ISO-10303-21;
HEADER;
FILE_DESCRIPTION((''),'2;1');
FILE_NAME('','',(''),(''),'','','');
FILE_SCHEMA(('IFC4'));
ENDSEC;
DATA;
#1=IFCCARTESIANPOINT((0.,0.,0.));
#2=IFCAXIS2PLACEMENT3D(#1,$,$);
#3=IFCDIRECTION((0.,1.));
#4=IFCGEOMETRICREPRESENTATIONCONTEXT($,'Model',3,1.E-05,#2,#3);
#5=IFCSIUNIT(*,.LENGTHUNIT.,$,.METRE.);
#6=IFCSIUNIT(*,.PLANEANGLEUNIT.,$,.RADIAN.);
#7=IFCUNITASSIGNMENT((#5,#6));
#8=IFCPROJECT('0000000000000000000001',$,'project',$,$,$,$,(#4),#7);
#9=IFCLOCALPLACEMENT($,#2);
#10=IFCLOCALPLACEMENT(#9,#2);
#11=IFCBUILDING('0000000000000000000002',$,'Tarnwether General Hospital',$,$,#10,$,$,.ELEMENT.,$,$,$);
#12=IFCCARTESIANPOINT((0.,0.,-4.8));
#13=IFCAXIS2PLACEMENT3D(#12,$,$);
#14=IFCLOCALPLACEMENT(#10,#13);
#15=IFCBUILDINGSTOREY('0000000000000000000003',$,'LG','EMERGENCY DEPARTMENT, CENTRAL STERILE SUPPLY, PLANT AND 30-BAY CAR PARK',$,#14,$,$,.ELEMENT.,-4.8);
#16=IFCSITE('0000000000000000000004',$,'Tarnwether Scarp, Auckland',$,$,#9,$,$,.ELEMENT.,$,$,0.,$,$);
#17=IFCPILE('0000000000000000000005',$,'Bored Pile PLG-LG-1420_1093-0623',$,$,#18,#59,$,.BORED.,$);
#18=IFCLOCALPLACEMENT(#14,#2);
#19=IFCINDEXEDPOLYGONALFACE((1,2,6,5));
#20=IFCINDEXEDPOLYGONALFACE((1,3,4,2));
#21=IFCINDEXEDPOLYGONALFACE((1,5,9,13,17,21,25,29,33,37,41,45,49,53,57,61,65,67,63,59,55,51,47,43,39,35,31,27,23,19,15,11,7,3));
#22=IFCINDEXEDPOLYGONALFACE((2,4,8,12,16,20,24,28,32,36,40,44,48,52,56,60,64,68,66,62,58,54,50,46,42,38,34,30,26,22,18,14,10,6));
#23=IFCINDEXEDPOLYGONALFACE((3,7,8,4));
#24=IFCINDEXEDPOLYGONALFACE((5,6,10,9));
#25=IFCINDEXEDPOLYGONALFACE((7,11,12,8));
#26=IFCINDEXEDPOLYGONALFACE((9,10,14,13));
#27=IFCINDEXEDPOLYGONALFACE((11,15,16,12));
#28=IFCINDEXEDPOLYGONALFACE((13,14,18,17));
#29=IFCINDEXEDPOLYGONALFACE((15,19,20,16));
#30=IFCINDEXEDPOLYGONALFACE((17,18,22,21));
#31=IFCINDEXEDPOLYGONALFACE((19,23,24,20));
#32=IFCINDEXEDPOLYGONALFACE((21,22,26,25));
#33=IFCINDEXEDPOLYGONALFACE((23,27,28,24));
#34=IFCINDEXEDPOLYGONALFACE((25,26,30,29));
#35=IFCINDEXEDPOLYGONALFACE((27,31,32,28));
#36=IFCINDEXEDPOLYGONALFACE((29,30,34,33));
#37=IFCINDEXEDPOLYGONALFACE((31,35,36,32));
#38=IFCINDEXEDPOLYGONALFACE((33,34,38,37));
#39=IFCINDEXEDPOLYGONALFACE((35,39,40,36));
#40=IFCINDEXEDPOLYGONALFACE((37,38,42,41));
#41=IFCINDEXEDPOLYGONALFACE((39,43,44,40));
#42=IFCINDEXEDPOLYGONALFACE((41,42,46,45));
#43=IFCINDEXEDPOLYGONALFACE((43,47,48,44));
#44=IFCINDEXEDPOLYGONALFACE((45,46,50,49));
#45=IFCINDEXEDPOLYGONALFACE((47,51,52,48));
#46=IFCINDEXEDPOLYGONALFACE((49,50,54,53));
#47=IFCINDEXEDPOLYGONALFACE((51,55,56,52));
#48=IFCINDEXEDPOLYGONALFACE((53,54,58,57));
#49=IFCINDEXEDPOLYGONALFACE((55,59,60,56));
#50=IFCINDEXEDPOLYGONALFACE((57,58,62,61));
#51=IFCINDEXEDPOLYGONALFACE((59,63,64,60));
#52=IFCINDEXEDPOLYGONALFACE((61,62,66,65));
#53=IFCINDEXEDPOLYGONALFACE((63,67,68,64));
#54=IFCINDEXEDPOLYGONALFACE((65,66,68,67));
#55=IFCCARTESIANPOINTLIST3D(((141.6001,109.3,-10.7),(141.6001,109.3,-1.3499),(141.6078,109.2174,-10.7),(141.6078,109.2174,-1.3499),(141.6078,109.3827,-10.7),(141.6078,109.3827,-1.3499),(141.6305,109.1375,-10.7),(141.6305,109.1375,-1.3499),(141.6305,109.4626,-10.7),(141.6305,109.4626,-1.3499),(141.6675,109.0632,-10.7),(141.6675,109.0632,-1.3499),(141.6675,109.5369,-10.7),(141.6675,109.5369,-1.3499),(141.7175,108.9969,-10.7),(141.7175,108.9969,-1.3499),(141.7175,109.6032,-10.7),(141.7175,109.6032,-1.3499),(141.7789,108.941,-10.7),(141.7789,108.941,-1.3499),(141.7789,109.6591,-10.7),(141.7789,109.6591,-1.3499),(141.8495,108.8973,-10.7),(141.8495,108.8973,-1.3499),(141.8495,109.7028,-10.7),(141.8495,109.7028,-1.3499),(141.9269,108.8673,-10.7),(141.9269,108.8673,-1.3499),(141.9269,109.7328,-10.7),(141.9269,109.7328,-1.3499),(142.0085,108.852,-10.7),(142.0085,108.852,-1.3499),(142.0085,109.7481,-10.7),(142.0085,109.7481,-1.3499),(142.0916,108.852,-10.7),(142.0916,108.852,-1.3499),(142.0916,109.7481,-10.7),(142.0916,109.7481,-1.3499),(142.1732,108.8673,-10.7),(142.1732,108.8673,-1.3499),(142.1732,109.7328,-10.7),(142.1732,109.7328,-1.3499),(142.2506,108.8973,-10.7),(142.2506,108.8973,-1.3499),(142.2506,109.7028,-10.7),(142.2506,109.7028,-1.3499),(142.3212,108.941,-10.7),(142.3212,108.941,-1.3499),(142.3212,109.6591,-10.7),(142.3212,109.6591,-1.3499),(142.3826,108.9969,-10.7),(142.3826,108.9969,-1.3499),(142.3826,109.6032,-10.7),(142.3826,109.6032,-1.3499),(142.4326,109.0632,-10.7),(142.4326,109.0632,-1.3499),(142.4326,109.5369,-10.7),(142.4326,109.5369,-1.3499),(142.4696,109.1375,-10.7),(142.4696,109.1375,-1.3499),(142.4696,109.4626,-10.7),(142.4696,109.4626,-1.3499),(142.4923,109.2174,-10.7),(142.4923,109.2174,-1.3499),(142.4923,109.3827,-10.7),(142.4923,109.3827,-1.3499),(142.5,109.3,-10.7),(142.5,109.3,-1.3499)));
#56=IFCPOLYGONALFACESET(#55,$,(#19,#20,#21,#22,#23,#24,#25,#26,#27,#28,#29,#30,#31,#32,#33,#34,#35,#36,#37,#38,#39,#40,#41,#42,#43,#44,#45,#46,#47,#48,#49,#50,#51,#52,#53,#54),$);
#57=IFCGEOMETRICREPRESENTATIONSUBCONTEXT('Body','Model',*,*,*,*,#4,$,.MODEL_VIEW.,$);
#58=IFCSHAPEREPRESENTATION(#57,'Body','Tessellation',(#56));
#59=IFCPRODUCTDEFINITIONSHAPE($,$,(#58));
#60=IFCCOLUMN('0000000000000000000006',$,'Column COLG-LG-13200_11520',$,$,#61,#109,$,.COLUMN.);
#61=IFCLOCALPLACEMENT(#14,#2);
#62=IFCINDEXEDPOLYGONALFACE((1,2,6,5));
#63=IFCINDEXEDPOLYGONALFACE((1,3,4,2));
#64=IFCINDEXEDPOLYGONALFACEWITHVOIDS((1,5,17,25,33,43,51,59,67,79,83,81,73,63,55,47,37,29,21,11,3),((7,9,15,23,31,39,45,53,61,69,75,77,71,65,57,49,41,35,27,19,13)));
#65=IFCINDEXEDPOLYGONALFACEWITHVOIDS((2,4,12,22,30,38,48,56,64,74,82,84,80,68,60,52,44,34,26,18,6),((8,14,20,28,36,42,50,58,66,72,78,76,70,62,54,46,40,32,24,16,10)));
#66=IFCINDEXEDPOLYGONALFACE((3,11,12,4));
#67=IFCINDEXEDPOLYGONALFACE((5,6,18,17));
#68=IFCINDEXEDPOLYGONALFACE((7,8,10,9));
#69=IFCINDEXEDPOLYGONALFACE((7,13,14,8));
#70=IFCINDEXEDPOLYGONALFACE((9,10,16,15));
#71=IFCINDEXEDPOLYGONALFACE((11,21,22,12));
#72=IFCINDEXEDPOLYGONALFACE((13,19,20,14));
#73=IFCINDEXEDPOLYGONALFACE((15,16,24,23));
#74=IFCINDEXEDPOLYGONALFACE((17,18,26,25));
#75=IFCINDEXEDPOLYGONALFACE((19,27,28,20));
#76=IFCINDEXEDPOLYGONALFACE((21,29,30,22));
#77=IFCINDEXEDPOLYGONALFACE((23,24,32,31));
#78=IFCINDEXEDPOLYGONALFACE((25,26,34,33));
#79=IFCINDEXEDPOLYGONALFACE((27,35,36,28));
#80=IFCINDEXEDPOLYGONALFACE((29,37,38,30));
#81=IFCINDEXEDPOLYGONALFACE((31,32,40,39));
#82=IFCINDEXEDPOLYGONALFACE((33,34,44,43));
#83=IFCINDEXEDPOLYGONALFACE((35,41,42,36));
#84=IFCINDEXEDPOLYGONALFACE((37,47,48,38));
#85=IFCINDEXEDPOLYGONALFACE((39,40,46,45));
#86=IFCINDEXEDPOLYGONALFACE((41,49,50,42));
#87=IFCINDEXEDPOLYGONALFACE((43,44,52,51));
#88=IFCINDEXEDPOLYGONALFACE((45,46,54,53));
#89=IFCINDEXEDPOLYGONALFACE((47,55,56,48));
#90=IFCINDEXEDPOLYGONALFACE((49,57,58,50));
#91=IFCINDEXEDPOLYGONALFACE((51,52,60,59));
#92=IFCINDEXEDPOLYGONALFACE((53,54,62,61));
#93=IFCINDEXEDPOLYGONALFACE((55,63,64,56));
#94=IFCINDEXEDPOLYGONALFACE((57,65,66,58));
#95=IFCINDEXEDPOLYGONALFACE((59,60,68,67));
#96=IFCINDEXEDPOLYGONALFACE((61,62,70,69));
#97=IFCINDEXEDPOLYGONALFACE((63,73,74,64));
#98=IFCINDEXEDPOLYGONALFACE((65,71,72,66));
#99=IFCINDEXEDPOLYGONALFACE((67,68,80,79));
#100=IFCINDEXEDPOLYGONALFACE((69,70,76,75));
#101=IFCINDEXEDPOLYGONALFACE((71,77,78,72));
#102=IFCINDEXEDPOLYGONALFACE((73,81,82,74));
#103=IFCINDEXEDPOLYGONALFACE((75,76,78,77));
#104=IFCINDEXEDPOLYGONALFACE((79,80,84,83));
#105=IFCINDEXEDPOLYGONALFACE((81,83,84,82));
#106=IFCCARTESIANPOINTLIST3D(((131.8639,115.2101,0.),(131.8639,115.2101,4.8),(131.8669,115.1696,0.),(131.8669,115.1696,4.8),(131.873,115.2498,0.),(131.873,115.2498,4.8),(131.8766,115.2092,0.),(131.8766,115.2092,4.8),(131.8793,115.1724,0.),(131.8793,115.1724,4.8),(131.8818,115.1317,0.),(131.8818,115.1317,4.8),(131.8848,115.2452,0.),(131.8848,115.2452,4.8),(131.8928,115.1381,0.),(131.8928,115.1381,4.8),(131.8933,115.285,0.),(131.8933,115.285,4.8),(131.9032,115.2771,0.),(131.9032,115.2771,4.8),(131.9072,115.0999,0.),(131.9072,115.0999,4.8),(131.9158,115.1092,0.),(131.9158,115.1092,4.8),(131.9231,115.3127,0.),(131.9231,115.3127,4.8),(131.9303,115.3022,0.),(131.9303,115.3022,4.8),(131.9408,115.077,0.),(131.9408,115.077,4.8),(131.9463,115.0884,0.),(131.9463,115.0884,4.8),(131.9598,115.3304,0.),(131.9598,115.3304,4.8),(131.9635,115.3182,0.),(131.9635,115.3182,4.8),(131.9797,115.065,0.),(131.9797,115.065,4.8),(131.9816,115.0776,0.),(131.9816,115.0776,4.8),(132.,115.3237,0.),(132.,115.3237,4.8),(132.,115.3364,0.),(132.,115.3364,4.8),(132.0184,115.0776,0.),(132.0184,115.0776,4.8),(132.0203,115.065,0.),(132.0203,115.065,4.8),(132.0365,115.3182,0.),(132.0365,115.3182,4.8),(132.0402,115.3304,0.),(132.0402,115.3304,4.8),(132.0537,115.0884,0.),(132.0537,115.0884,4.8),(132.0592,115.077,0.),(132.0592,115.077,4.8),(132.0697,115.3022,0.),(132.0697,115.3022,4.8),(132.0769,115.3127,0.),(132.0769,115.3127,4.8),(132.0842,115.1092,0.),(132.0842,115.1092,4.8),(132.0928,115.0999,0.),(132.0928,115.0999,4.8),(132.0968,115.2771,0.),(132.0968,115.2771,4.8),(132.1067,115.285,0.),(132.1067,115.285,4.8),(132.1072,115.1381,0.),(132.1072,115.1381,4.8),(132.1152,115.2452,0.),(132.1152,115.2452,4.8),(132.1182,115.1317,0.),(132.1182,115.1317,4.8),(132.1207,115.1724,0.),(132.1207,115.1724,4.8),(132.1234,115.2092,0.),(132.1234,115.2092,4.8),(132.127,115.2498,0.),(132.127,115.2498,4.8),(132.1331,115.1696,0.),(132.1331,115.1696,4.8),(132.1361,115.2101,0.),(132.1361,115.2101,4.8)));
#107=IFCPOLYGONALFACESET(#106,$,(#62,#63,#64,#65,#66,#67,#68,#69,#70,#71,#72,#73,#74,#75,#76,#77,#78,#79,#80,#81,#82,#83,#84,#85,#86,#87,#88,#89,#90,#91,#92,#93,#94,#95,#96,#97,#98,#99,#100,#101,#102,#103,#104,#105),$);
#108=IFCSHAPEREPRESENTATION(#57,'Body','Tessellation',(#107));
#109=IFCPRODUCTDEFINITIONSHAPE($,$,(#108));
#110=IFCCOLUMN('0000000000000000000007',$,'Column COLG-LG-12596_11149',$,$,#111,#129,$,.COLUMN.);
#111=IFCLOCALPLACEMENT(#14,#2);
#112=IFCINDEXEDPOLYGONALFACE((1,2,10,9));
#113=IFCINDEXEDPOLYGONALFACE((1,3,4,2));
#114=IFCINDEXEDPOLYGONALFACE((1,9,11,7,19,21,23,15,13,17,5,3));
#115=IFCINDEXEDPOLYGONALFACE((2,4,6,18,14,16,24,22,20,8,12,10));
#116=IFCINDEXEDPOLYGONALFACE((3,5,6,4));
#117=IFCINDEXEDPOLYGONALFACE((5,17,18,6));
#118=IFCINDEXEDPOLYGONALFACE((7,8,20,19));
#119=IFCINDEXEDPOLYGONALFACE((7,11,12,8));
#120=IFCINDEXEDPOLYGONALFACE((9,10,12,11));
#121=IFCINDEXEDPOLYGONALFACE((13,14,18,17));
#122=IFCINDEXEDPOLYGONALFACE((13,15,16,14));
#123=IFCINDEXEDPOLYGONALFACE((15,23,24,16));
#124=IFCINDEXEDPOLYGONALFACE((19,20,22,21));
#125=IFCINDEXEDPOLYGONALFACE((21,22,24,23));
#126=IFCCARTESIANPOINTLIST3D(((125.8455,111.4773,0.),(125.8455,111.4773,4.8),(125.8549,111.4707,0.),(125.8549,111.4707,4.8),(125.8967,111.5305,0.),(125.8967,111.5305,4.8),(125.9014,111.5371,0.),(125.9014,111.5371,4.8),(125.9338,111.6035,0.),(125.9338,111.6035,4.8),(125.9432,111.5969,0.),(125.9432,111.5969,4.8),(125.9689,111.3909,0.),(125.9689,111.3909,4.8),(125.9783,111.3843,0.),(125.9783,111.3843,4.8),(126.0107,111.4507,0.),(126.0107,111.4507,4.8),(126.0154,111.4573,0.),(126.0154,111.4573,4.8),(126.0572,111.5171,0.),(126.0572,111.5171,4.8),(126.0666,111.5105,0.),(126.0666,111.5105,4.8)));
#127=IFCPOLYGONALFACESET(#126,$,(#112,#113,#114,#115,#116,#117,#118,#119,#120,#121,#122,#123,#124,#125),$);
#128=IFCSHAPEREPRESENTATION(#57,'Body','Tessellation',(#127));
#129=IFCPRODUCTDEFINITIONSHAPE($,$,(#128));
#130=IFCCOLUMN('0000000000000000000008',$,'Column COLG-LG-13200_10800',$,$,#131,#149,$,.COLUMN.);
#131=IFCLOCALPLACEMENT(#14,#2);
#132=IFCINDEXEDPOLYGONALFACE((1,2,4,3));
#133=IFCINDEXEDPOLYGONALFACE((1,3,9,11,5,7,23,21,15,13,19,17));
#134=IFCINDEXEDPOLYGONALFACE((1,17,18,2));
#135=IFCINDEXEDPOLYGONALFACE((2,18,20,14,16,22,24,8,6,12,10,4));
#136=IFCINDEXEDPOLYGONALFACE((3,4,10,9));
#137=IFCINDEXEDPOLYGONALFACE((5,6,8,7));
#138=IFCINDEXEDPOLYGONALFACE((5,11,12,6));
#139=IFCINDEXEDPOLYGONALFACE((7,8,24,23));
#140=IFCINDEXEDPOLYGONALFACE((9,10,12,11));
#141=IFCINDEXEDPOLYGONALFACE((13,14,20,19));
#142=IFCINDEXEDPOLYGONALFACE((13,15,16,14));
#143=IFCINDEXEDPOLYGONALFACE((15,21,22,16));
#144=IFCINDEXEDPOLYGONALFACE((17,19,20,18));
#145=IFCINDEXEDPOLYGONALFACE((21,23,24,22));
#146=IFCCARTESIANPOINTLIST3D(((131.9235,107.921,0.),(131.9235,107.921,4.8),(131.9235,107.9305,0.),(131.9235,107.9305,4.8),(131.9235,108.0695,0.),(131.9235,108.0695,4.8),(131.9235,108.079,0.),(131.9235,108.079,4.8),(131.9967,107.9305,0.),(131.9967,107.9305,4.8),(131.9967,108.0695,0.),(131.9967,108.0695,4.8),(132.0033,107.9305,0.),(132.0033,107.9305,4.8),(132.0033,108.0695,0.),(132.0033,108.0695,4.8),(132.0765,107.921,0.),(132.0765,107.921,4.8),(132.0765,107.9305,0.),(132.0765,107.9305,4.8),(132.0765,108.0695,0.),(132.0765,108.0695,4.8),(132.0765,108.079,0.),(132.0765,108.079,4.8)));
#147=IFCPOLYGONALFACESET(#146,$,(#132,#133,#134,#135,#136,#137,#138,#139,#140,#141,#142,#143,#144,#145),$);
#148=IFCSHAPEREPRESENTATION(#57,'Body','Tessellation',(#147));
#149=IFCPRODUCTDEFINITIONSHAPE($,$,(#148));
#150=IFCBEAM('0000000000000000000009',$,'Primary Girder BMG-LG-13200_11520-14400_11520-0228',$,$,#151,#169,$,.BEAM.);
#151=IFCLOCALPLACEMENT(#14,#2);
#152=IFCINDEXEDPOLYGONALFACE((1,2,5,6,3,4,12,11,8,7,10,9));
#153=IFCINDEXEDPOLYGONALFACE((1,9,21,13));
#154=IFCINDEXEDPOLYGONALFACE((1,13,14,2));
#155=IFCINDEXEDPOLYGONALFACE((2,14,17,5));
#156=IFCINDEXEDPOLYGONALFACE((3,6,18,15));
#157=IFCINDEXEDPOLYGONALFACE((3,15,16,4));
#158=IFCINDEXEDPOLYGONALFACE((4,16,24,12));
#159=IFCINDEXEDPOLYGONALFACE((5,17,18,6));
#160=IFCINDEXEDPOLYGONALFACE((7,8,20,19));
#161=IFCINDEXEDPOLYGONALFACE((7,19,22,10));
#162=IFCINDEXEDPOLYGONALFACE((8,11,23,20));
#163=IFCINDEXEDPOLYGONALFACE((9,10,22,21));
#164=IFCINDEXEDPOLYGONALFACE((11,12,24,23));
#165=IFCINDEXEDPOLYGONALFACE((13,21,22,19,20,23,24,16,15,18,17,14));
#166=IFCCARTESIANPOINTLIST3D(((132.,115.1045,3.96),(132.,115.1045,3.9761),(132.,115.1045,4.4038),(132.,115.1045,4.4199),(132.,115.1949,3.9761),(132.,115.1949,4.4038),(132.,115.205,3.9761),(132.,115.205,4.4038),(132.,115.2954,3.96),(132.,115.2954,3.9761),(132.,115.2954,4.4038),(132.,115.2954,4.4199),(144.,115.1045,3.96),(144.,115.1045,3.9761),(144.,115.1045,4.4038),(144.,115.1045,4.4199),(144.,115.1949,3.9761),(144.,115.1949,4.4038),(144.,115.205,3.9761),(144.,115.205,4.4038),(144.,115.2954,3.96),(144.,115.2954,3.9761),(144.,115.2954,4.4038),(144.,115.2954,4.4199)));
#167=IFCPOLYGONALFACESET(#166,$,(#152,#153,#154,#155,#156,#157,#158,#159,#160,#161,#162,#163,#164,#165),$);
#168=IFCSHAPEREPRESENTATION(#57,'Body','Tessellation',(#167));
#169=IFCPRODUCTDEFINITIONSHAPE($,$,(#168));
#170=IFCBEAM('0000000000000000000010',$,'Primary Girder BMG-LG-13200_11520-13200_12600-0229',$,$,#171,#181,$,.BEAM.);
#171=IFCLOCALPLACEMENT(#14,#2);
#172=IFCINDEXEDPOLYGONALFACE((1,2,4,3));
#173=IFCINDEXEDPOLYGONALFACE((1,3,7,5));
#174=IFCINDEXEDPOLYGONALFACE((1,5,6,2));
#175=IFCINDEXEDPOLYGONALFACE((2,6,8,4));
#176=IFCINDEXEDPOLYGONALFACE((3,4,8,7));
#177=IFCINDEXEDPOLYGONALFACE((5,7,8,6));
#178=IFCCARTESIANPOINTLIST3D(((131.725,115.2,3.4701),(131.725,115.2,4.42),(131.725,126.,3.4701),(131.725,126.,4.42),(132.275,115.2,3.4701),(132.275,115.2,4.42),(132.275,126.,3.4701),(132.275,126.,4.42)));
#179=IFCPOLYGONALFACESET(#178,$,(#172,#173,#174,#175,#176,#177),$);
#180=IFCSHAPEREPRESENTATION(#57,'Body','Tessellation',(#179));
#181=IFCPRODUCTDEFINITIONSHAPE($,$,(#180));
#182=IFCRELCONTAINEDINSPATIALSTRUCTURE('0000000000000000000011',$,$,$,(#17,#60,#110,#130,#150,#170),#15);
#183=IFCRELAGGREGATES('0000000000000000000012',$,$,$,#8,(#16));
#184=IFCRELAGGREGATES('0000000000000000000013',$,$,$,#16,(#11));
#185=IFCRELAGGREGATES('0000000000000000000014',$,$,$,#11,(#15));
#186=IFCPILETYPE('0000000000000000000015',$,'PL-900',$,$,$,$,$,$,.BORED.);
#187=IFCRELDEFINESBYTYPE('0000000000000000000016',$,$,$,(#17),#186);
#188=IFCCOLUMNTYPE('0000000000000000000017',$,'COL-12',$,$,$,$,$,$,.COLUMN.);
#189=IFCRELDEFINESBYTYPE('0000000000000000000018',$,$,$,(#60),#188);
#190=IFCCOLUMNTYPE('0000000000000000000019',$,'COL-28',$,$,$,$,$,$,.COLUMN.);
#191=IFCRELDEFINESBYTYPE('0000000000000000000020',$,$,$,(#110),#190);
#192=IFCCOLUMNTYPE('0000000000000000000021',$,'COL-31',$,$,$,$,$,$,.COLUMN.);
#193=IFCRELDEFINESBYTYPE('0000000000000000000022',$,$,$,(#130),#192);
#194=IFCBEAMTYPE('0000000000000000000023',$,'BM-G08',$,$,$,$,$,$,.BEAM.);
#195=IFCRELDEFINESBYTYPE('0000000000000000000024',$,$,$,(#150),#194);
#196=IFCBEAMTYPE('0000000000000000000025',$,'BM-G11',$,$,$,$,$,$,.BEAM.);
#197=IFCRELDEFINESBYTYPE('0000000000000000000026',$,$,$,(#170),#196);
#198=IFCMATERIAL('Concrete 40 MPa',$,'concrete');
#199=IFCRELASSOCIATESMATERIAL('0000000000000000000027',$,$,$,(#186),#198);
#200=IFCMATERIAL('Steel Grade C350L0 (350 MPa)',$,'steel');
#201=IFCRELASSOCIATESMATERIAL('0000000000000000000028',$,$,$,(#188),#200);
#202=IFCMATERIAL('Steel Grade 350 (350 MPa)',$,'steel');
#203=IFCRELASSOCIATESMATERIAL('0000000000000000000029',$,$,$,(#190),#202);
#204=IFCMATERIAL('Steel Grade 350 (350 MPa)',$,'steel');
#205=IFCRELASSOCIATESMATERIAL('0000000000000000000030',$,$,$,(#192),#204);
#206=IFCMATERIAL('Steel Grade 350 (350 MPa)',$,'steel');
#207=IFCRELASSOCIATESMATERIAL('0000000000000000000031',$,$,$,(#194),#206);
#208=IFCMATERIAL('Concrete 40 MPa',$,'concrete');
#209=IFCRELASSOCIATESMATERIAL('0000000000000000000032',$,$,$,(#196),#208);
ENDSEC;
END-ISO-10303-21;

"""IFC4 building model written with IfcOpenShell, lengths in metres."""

from ifc_helpers import new_model, si_unit, direction, frame, origin, origin_2d, place, context, subcontext, project, spatial, rectangle, circle, hollow_circle, i_section, extrude, material, material_profile, profile_set, type_object, element, save


model = new_model("IFC4")

# Units and contexts
model_context = context("Model", 3, precision=1e-05, world=origin(), true_north=direction((0.0, 1.0)))
body_context = subcontext(model_context, "Body", "Model", "MODEL_VIEW")
ifc_project = project(units=[si_unit("LENGTHUNIT", "METRE"), si_unit("PLANEANGLEUNIT", "RADIAN")], contexts=[model_context])

# Site, building, storey
site_placement = place(None, origin())
site = spatial("IfcSite", under=ifc_project, at=site_placement, Name="Tarnwether Scarp, Auckland", CompositionType="ELEMENT", RefElevation=0.0)
building_placement = place(site_placement, origin())
building = spatial("IfcBuilding", under=site, at=building_placement, Name="Tarnwether General Hospital", CompositionType="ELEMENT")
storey_placement = place(building_placement, frame((0.0, 0.0, -4.8)))
storey = spatial("IfcBuildingStorey", under=building, at=storey_placement, Name="LG", Description="EMERGENCY DEPARTMENT, CENTRAL STERILE SUPPLY, PLANT AND 30-BAY CAR PARK", CompositionType="ELEMENT", Elevation=-4.8)

# Pile
ifc_material_1 = material(Name="Concrete 40 MPa", Category="concrete")
ifc_material_profile_1 = material_profile(ifc_material_1, circle(Radius=0.45, at=origin_2d()), Name="PILE-D900")
ifc_profile_set_1 = profile_set([ifc_material_profile_1], Name="Concrete 40 MPa")
pile_type_1 = type_object("IfcPileType", Name="PL-900", PredefinedType="BORED", material=ifc_profile_set_1)
for number, where, z_axis, x_axis, name in (
    (1, (142.05, 109.3, -1.3499), (0.0, 0.0, -1.0), (1.0, 0.0, 0.0), "Bored Pile PLG-LG-1420_1093-0623"),
):
    element("IfcPile", number, at=place(storey_placement, frame(where, z_axis=z_axis, x_axis=x_axis)), inside=storey, type_object=pile_type_1, Name=name, PredefinedType="BORED", context=body_context, shape_type="SweptSolid", body=[
        extrude(circle(Radius=0.45, at=origin_2d()), origin(), (0.0, 0.0, 1.0), 9.3501),
    ])

# Columns
ifc_material_2 = material(Name="Steel Grade C350L0 (350 MPa)", Category="steel")
ifc_material_profile_2 = material_profile(ifc_material_2, hollow_circle(Radius=0.1365, WallThickness=0.0127, at=origin_2d()), Name="CHS273.1x12.7")
ifc_profile_set_2 = profile_set([ifc_material_profile_2], Name="Steel Grade C350L0 (350 MPa)")
column_type_1 = type_object("IfcColumnType", Name="COL-12", PredefinedType="COLUMN", material=ifc_profile_set_2)
column_1_placement = place(storey_placement, frame((132.0, 115.2, 0.0), z_axis=(0.0, 0.0, 1.0), x_axis=(0.0, 1.0, 0.0)))
element("IfcColumn", 2, at=column_1_placement, inside=storey, type_object=column_type_1, Name="Column COLG-LG-13200_11520", PredefinedType="COLUMN", context=body_context, shape_type="SweptSolid", body=[
    extrude(hollow_circle(Radius=0.1365, WallThickness=0.0127, at=origin_2d()), origin(), (0.0, 0.0, 1.0), 4.8),
])
ifc_material_3 = material(Name="Steel Grade 350 (350 MPa)", Category="steel")
ifc_material_profile_3 = material_profile(ifc_material_3, i_section(OverallWidth=0.1541, OverallDepth=0.1621, WebThickness=0.0081, FlangeThickness=0.0115, at=origin_2d()), Name="150UC37.2")
ifc_profile_set_3 = profile_set([ifc_material_profile_3], Name="Steel Grade 350 (350 MPa)")
column_type_2 = type_object("IfcColumnType", Name="COL-28", PredefinedType="COLUMN", material=ifc_profile_set_3)
column_2_placement = place(storey_placement, frame((125.9561, 111.4939, 0.0), z_axis=(0.0, 0.0, 1.0), x_axis=(0.573576, 0.819152, 0.0)))
element("IfcColumn", 3, at=column_2_placement, inside=storey, type_object=column_type_2, Name="Column COLG-LG-12596_11149", PredefinedType="COLUMN", context=body_context, shape_type="SweptSolid", body=[
    extrude(i_section(OverallWidth=0.1541, OverallDepth=0.1621, WebThickness=0.0081, FlangeThickness=0.0115, at=origin_2d()), origin(), (0.0, 0.0, 1.0), 4.8),
])
ifc_material_4 = material(Name="Steel Grade 350 (350 MPa)", Category="steel")
ifc_material_profile_4 = material_profile(ifc_material_4, i_section(OverallWidth=0.1531, OverallDepth=0.158, WebThickness=0.0066, FlangeThickness=0.0095, at=origin_2d()), Name="150UC30.0")
ifc_profile_set_4 = profile_set([ifc_material_profile_4], Name="Steel Grade 350 (350 MPa)")
column_type_3 = type_object("IfcColumnType", Name="COL-31", PredefinedType="COLUMN", material=ifc_profile_set_4)
column_3_placement = place(storey_placement, frame((132.0, 108.0, 0.0), z_axis=(0.0, 0.0, 1.0), x_axis=(1.0, 0.0, 0.0)))
element("IfcColumn", 4, at=column_3_placement, inside=storey, type_object=column_type_3, Name="Column COLG-LG-13200_10800", PredefinedType="COLUMN", context=body_context, shape_type="SweptSolid", body=[
    extrude(i_section(OverallWidth=0.1531, OverallDepth=0.158, WebThickness=0.0066, FlangeThickness=0.0095, at=origin_2d()), origin(), (0.0, 0.0, 1.0), 4.8),
])

# Beams
ifc_material_5 = material(Name="Steel Grade 350 (350 MPa)", Category="steel")
ifc_material_profile_5 = material_profile(ifc_material_5, i_section(OverallWidth=0.1909, OverallDepth=0.46, WebThickness=0.01, FlangeThickness=0.0161, at=origin_2d()), Name="460UB82.1")
ifc_profile_set_5 = profile_set([ifc_material_profile_5], Name="Steel Grade 350 (350 MPa)")
beam_type_1 = type_object("IfcBeamType", Name="BM-G08", PredefinedType="BEAM", material=ifc_profile_set_5)
beam_1_placement = place(storey_placement, frame((132.0, 115.2, 4.1899), z_axis=(1.0, 0.0, 0.0), x_axis=(0.0, 1.0, 0.0)))
element("IfcBeam", 5, at=beam_1_placement, inside=storey, type_object=beam_type_1, Name="Primary Girder BMG-LG-13200_11520-14400_11520-0228", PredefinedType="BEAM", context=body_context, shape_type="SweptSolid", body=[
    extrude(i_section(OverallWidth=0.1909, OverallDepth=0.46, WebThickness=0.01, FlangeThickness=0.0161, at=origin_2d()), origin(), (0.0, 0.0, 1.0), 12.0),
])
ifc_material_6 = material(Name="Concrete 40 MPa", Category="concrete")
ifc_material_profile_6 = material_profile(ifc_material_6, rectangle(XDim=0.55, YDim=0.95, at=origin_2d()), Name="RC-BM-550x950")
ifc_profile_set_6 = profile_set([ifc_material_profile_6], Name="Concrete 40 MPa")
beam_type_2 = type_object("IfcBeamType", Name="BM-G11", PredefinedType="BEAM", material=ifc_profile_set_6)
beam_2_placement = place(storey_placement, frame((132.0, 115.2, 3.9451), z_axis=(0.0, 1.0, 0.0), x_axis=(-1.0, 0.0, 0.0)))
element("IfcBeam", 6, at=beam_2_placement, inside=storey, type_object=beam_type_2, Name="Primary Girder BMG-LG-13200_11520-13200_12600-0229", PredefinedType="BEAM", context=body_context, shape_type="SweptSolid", body=[
    extrude(rectangle(XDim=0.55, YDim=0.95, at=origin_2d()), origin(), (0.0, 0.0, 1.0), 10.8),
])

save(model, "model.ifc")
